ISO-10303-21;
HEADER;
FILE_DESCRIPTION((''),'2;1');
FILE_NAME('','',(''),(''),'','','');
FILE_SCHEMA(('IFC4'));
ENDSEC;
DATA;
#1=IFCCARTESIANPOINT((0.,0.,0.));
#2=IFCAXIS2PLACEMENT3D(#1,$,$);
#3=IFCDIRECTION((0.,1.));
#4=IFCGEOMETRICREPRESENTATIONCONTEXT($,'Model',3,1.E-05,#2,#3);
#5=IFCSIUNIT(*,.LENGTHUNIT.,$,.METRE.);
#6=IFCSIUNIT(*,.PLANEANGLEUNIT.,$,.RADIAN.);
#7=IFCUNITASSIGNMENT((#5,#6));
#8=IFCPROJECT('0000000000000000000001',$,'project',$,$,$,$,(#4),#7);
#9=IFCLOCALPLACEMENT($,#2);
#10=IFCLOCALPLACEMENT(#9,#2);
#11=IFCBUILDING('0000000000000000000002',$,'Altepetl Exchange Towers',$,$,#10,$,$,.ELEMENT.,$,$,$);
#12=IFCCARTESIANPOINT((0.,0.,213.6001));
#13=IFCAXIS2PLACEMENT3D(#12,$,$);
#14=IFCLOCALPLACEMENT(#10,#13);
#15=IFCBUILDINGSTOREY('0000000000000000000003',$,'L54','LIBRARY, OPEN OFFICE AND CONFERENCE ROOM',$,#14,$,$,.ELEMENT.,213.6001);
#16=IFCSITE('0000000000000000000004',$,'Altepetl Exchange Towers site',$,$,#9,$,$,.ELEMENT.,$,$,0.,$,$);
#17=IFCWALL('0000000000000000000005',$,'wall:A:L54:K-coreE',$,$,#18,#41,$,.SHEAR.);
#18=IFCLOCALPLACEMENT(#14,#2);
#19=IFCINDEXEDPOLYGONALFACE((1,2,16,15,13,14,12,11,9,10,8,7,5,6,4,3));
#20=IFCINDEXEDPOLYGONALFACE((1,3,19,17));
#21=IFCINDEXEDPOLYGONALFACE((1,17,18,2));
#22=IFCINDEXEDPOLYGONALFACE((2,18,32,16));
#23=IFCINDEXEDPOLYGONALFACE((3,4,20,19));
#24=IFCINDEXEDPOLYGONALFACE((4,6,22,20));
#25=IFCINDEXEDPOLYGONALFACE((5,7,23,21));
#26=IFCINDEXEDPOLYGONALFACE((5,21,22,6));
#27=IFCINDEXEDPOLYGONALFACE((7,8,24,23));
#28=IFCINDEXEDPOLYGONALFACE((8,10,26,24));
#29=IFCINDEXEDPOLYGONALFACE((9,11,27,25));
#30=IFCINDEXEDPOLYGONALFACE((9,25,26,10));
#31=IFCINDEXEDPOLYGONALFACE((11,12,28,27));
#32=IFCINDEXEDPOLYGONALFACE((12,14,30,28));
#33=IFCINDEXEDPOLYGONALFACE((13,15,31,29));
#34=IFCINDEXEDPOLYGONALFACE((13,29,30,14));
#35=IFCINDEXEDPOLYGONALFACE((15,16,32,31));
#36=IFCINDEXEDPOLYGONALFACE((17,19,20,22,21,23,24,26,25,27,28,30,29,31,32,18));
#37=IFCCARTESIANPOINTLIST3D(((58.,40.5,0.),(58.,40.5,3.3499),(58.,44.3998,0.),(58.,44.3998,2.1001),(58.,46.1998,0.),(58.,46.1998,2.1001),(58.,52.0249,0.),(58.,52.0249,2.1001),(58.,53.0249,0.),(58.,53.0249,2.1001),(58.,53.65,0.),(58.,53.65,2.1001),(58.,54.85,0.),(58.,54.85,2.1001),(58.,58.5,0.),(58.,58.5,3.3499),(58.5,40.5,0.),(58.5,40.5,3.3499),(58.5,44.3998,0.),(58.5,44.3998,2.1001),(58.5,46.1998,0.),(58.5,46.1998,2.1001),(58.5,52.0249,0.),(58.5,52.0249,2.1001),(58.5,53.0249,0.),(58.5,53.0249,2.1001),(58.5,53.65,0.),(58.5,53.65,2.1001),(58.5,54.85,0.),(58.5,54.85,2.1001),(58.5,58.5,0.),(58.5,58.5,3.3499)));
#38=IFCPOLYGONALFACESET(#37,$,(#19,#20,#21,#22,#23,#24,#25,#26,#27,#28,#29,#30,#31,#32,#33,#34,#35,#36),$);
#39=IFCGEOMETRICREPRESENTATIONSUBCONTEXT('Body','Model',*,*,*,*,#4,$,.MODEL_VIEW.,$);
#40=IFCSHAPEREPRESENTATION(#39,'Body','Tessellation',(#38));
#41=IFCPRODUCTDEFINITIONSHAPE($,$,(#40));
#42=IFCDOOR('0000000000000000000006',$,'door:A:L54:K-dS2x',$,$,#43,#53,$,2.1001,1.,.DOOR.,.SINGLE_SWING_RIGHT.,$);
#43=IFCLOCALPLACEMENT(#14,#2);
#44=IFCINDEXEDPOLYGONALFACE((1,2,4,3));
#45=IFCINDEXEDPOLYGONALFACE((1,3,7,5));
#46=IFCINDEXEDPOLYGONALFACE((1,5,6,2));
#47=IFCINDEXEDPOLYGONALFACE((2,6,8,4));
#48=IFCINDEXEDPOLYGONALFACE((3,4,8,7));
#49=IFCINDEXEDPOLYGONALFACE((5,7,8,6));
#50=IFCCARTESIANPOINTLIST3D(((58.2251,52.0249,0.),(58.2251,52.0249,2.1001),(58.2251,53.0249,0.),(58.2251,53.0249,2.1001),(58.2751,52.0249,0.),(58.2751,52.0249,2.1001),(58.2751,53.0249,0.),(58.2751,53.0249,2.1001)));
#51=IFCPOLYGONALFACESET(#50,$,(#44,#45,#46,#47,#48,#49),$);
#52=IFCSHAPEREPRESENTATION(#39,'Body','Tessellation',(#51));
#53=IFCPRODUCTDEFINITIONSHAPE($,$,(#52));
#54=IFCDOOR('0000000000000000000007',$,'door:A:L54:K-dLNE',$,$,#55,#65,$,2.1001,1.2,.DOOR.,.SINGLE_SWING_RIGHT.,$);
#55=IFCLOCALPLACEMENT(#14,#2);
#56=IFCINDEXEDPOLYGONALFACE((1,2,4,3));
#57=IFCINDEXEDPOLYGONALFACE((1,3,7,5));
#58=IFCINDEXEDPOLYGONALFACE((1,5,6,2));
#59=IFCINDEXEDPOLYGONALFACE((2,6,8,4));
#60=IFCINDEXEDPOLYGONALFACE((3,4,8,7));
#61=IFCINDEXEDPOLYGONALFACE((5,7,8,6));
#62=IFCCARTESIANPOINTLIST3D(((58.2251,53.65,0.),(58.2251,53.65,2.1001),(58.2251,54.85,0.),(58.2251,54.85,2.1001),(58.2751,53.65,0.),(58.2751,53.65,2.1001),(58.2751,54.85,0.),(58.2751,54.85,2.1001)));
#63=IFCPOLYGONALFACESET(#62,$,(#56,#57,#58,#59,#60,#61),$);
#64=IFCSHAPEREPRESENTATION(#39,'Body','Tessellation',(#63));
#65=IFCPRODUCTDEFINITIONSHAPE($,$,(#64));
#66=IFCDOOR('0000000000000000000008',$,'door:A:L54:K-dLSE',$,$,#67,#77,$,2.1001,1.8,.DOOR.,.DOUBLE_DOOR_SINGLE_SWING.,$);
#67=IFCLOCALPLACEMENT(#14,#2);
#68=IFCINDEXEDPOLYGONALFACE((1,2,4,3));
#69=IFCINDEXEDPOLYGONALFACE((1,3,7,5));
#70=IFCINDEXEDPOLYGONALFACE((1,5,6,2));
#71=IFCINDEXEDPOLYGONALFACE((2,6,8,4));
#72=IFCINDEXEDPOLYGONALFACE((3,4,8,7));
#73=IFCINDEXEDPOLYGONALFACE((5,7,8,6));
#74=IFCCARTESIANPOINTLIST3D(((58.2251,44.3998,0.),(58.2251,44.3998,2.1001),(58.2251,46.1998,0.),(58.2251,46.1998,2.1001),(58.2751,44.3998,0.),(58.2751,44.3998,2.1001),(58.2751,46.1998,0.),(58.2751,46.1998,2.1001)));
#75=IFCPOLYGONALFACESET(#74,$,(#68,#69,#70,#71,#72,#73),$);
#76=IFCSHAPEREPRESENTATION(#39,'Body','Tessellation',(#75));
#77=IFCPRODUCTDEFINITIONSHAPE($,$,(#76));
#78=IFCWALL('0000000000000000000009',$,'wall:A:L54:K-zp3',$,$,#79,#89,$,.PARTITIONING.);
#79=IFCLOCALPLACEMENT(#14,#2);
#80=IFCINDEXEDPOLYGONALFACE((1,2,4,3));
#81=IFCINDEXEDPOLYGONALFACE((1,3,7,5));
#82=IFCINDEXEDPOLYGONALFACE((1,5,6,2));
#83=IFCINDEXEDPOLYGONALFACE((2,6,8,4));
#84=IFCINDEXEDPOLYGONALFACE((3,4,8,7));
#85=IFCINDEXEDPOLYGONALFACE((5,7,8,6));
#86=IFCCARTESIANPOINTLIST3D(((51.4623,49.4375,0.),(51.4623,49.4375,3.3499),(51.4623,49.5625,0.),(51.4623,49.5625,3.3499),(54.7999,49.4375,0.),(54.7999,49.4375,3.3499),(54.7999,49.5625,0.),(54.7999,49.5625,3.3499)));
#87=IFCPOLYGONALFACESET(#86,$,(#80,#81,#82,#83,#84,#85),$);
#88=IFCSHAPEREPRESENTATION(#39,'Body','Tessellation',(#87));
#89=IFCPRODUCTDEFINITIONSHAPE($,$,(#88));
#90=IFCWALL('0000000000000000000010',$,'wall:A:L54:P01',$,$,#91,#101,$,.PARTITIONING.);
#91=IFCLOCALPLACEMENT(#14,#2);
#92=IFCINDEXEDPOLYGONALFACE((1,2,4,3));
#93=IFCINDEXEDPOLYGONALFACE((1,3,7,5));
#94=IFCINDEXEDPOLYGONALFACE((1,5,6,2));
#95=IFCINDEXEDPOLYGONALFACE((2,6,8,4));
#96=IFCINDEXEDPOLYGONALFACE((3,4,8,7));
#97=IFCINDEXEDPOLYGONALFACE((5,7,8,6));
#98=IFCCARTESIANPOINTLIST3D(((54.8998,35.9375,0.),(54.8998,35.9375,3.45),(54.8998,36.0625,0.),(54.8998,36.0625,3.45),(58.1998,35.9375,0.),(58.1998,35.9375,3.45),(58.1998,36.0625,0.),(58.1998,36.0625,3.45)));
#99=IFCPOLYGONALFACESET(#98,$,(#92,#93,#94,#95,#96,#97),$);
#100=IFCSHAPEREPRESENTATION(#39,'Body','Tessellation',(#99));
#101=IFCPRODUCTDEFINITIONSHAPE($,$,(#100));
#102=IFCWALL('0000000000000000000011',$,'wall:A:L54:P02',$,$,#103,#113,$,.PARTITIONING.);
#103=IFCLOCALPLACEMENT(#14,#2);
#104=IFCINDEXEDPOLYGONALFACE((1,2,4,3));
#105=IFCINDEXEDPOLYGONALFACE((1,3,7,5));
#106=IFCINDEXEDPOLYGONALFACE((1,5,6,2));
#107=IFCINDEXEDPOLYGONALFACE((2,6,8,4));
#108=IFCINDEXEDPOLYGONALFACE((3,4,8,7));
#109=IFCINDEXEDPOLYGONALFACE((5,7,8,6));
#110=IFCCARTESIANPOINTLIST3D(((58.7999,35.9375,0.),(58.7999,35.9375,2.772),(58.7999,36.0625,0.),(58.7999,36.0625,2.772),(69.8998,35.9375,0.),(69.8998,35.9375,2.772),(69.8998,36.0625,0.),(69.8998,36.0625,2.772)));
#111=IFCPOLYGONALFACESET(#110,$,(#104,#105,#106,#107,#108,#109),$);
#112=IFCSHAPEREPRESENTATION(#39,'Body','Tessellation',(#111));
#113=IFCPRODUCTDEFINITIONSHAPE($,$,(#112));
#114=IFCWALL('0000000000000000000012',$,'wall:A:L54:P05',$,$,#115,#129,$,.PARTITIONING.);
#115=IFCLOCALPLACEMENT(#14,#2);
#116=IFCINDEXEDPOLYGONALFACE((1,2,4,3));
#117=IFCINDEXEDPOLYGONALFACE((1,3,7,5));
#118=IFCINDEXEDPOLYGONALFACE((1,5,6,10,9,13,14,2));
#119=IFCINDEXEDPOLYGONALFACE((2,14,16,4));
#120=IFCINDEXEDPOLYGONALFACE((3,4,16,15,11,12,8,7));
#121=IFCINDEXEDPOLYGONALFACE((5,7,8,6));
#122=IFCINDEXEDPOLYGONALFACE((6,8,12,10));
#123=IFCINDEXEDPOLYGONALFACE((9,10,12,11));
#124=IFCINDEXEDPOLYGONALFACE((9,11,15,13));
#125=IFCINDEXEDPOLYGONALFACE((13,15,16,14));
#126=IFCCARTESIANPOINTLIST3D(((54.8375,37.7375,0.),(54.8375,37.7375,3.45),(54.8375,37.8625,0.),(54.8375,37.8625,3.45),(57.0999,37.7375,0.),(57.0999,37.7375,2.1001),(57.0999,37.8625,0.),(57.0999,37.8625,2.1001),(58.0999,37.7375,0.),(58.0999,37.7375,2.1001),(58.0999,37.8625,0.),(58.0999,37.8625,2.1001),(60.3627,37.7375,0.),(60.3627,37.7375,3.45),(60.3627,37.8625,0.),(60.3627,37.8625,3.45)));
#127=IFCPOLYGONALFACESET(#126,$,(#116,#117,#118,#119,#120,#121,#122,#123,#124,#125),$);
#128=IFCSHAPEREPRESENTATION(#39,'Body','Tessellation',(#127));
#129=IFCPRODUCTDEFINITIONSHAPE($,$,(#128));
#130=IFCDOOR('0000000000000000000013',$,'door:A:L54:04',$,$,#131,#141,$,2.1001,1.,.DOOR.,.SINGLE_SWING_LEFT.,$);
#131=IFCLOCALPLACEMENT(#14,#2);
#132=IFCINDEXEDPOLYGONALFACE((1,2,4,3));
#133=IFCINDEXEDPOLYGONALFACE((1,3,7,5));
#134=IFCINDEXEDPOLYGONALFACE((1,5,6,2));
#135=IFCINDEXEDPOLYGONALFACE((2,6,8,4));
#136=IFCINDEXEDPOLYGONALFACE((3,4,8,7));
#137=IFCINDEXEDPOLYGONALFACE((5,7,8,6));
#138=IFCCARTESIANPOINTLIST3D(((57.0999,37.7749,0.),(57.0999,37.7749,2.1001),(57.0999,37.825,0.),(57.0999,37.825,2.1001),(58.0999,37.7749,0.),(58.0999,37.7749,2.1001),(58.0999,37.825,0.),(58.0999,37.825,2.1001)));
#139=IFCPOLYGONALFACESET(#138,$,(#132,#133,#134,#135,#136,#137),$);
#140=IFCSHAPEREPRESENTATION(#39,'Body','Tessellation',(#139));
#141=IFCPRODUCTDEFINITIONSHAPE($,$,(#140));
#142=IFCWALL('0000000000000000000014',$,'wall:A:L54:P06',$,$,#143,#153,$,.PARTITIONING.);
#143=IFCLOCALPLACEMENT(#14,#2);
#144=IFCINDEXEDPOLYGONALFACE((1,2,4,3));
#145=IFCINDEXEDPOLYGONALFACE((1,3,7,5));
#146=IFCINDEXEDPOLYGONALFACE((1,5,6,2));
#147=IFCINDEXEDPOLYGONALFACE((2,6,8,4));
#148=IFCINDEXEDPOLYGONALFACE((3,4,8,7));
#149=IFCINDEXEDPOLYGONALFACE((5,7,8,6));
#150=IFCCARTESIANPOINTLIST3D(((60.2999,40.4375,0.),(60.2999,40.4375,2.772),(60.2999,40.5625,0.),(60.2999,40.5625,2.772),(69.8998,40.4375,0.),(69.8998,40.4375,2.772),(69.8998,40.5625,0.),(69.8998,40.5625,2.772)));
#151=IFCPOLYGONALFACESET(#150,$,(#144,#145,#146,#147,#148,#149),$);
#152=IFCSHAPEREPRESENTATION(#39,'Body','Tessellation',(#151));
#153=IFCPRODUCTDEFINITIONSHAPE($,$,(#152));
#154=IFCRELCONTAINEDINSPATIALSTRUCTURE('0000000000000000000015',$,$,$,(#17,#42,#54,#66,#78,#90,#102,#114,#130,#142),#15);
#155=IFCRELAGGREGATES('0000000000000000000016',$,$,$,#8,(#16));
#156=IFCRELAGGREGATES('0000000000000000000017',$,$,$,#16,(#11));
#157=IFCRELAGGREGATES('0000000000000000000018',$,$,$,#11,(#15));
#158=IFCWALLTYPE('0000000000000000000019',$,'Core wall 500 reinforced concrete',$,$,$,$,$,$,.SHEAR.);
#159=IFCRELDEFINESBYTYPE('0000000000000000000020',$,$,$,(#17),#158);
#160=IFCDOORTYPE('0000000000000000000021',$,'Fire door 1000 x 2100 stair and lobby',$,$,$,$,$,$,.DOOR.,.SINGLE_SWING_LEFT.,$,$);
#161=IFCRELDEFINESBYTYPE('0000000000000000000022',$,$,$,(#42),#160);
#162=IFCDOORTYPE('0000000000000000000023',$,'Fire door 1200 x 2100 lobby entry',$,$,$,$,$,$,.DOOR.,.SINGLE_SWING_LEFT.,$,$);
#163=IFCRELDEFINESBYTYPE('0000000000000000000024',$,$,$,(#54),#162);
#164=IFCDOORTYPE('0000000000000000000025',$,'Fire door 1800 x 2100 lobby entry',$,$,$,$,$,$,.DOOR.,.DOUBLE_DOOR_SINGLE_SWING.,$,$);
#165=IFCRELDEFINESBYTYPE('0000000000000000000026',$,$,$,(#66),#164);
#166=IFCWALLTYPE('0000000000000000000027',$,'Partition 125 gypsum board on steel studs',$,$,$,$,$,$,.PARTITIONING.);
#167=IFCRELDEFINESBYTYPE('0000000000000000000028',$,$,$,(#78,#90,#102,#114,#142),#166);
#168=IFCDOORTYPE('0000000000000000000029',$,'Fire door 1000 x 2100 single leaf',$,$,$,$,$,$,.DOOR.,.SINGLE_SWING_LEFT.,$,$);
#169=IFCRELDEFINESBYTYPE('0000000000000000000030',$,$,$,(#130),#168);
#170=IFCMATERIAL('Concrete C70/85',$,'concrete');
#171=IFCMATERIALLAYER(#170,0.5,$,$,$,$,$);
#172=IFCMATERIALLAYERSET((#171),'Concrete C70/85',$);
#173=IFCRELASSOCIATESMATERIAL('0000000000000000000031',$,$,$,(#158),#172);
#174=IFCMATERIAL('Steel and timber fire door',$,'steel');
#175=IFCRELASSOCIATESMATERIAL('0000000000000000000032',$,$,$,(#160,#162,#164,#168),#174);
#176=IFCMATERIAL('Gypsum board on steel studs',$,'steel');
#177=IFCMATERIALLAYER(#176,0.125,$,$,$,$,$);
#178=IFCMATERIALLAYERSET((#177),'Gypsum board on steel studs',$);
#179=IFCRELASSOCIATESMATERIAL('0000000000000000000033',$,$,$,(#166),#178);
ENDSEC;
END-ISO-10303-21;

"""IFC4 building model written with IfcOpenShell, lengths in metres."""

from ifc_helpers import new_model, si_unit, direction, frame, frame_2d, origin, place, context, subcontext, project, spatial, rectangle, extrude, material, layer, layer_set, type_object, element, fill, save


model = new_model("IFC4")

# Units and contexts
model_context = context("Model", 3, precision=1e-05, world=origin(), true_north=direction((0.0, 1.0)))
body_context = subcontext(model_context, "Body", "Model", "MODEL_VIEW")
ifc_project = project(units=[si_unit("LENGTHUNIT", "METRE"), si_unit("PLANEANGLEUNIT", "RADIAN")], contexts=[model_context])

# Site, building, storey
site_placement = place(None, origin())
site = spatial("IfcSite", under=ifc_project, at=site_placement, Name="Altepetl Exchange Towers site", CompositionType="ELEMENT", RefElevation=0.0)
building_placement = place(site_placement, origin())
building = spatial("IfcBuilding", under=site, at=building_placement, Name="Altepetl Exchange Towers", CompositionType="ELEMENT")
storey_placement = place(building_placement, frame((0.0, 0.0, 213.6001)))
storey = spatial("IfcBuildingStorey", under=building, at=storey_placement, Name="L54", Description="LIBRARY, OPEN OFFICE AND CONFERENCE ROOM", CompositionType="ELEMENT", Elevation=213.6001)

# Shared definitions
ifc_material_1 = material(Name="Concrete C70/85", Category="concrete")

# Wall, openings, doors
ifc_layer_1 = layer(ifc_material_1, 0.5)
ifc_layer_set_1 = layer_set([ifc_layer_1], Name="Concrete C70/85")
wall_type_1 = type_object("IfcWallType", Name="Core wall 500 reinforced concrete", PredefinedType="SHEAR", material=ifc_layer_set_1)
wall_1_placement = place(storey_placement, frame((58.25, 40.5, 0.0), z_axis=(0.0, 0.0, 1.0), x_axis=(0.0, 1.0, 0.0)))
wall_1 = element("IfcWall", 1, at=wall_1_placement, inside=storey, type_object=wall_type_1, Name="wall:A:L54:K-coreE", PredefinedType="SHEAR", context=body_context, shape_type="SweptSolid", body=[
    extrude(rectangle(XDim=18.0, YDim=0.5, at=frame_2d((9.0, 0.0))), origin(), (0.0, 0.0, 1.0), 3.3499),
])
opening_1_placement = place(wall_1_placement, frame((13.1499, 0.0, 0.0)))
opening_1 = element("IfcOpeningElement", 2, at=opening_1_placement, cuts=wall_1, PredefinedType="OPENING", context=body_context, shape_type="SweptSolid", body=[
    extrude(rectangle(XDim=1.2, YDim=2.1001, at=frame_2d((0.6001, 1.05))), frame((0.0, 0.26, 0.0), z_axis=(0.0, -1.0, 0.0), x_axis=(1.0, 0.0, 0.0)), (0.0, 0.0, 1.0), 0.52),
])
opening_2_placement = place(wall_1_placement, frame((3.8999, 0.0, 0.0)))
opening_2 = element("IfcOpeningElement", 3, at=opening_2_placement, cuts=wall_1, PredefinedType="OPENING", context=body_context, shape_type="SweptSolid", body=[
    extrude(rectangle(XDim=1.8, YDim=2.1001, at=frame_2d((0.8999, 1.05))), frame((0.0, 0.26, 0.0), z_axis=(0.0, -1.0, 0.0), x_axis=(1.0, 0.0, 0.0)), (0.0, 0.0, 1.0), 0.52),
])
opening_3_placement = place(wall_1_placement, frame((11.5249, 0.0, 0.0)))
opening_3 = element("IfcOpeningElement", 4, at=opening_3_placement, cuts=wall_1, PredefinedType="OPENING", context=body_context, shape_type="SweptSolid", body=[
    extrude(rectangle(XDim=1.0, YDim=2.1001, at=frame_2d((0.5, 1.05))), frame((0.0, 0.26, 0.0), z_axis=(0.0, -1.0, 0.0), x_axis=(1.0, 0.0, 0.0)), (0.0, 0.0, 1.0), 0.52),
])
ifc_material_2 = material(Name="Steel and timber fire door", Category="steel")
door_type_1 = type_object("IfcDoorType", Name="Fire door 1000 x 2100 stair and lobby", OperationType="SINGLE_SWING_LEFT", PredefinedType="DOOR", material=ifc_material_2)
door_1_placement = place(opening_3_placement, origin())
door_1 = element("IfcDoor", 5, at=door_1_placement, inside=storey, type_object=door_type_1, Name="door:A:L54:K-dS2x", OperationType="SINGLE_SWING_RIGHT", OverallHeight=2.1001, OverallWidth=1.0, PredefinedType="DOOR", context=body_context, shape_type="SweptSolid", body=[
    extrude(rectangle(XDim=1.0, YDim=2.1001, at=frame_2d((0.5, 1.05))), frame((0.0, 0.0249, 0.0), z_axis=(0.0, -1.0, 0.0), x_axis=(1.0, 0.0, 0.0)), (0.0, 0.0, 1.0), 0.05),
])
fill(opening_3, door_1)
door_type_2 = type_object("IfcDoorType", Name="Fire door 1200 x 2100 lobby entry", OperationType="SINGLE_SWING_LEFT", PredefinedType="DOOR", material=ifc_material_2)
door_2_placement = place(opening_1_placement, origin())
door_2 = element("IfcDoor", 6, at=door_2_placement, inside=storey, type_object=door_type_2, Name="door:A:L54:K-dLNE", OperationType="SINGLE_SWING_RIGHT", OverallHeight=2.1001, OverallWidth=1.2, PredefinedType="DOOR", context=body_context, shape_type="SweptSolid", body=[
    extrude(rectangle(XDim=1.2, YDim=2.1001, at=frame_2d((0.6001, 1.05))), frame((0.0, 0.0249, 0.0), z_axis=(0.0, -1.0, 0.0), x_axis=(1.0, 0.0, 0.0)), (0.0, 0.0, 1.0), 0.05),
])
fill(opening_1, door_2)
door_type_3 = type_object("IfcDoorType", Name="Fire door 1800 x 2100 lobby entry", OperationType="DOUBLE_DOOR_SINGLE_SWING", PredefinedType="DOOR", material=ifc_material_2)
door_3_placement = place(opening_2_placement, origin())
door_3 = element("IfcDoor", 7, at=door_3_placement, inside=storey, type_object=door_type_3, Name="door:A:L54:K-dLSE", OperationType="DOUBLE_DOOR_SINGLE_SWING", OverallHeight=2.1001, OverallWidth=1.8, PredefinedType="DOOR", context=body_context, shape_type="SweptSolid", body=[
    extrude(rectangle(XDim=1.8, YDim=2.1001, at=frame_2d((0.8999, 1.05))), frame((0.0, 0.0249, 0.0), z_axis=(0.0, -1.0, 0.0), x_axis=(1.0, 0.0, 0.0)), (0.0, 0.0, 1.0), 0.05),
])
fill(opening_2, door_3)

# Walls
ifc_material_3 = material(Name="Gypsum board on steel studs", Category="steel")
ifc_layer_2 = layer(ifc_material_3, 0.125)
ifc_layer_set_2 = layer_set([ifc_layer_2], Name="Gypsum board on steel studs")
wall_type_2 = type_object("IfcWallType", Name="Partition 125 gypsum board on steel studs", PredefinedType="PARTITIONING", material=ifc_layer_set_2)
wall_2_placement = place(storey_placement, frame((54.8, 49.5, 0.0), z_axis=(0.0, 0.0, 1.0), x_axis=(-1.0, 0.0, 0.0)))
element("IfcWall", 8, at=wall_2_placement, inside=storey, type_object=wall_type_2, Name="wall:A:L54:K-zp3", PredefinedType="PARTITIONING", context=body_context, shape_type="SweptSolid", body=[
    extrude(rectangle(XDim=3.3376, YDim=0.125, at=frame_2d((1.6689, 0.0))), origin(), (0.0, 0.0, 1.0), 3.3499),
])
wall_3_placement = place(storey_placement, frame((54.8999, 36.0, 0.0)))
element("IfcWall", 9, at=wall_3_placement, inside=storey, type_object=wall_type_2, Name="wall:A:L54:P01", PredefinedType="PARTITIONING", context=body_context, shape_type="SweptSolid", body=[
    extrude(rectangle(XDim=3.3, YDim=0.125, at=frame_2d((1.6499, 0.0))), origin(), (0.0, 0.0, 1.0), 3.45),
])
wall_4_placement = place(storey_placement, frame((58.8, 36.0, 0.0)))
element("IfcWall", 10, at=wall_4_placement, inside=storey, type_object=wall_type_2, Name="wall:A:L54:P02", PredefinedType="PARTITIONING", context=body_context, shape_type="SweptSolid", body=[
    extrude(rectangle(XDim=11.0999, YDim=0.125, at=frame_2d((5.5498, 0.0))), origin(), (0.0, 0.0, 1.0), 2.772),
])

# Wall, opening, door
wall_5_placement = place(storey_placement, frame((54.8374, 37.8, 0.0)))
wall_5 = element("IfcWall", 11, at=wall_5_placement, inside=storey, type_object=wall_type_2, Name="wall:A:L54:P05", PredefinedType="PARTITIONING", context=body_context, shape_type="SweptSolid", body=[
    extrude(rectangle(XDim=5.5251, YDim=0.125, at=frame_2d((2.7627, 0.0))), origin(), (0.0, 0.0, 1.0), 3.45),
])
opening_4_placement = place(wall_5_placement, frame((2.2625, 0.0, 0.0)))
opening_4 = element("IfcOpeningElement", 12, at=opening_4_placement, cuts=wall_5, PredefinedType="OPENING", context=body_context, shape_type="SweptSolid", body=[
    extrude(rectangle(XDim=1.0, YDim=2.1001, at=frame_2d((0.5, 1.05))), frame((0.0, 0.0725, 0.0), z_axis=(0.0, -1.0, 0.0), x_axis=(1.0, 0.0, 0.0)), (0.0, 0.0, 1.0), 0.145),
])
door_type_4 = type_object("IfcDoorType", Name="Fire door 1000 x 2100 single leaf", OperationType="SINGLE_SWING_LEFT", PredefinedType="DOOR", material=ifc_material_2)
door_4_placement = place(opening_4_placement, origin())
door_4 = element("IfcDoor", 13, at=door_4_placement, inside=storey, type_object=door_type_4, Name="door:A:L54:04", OperationType="SINGLE_SWING_LEFT", OverallHeight=2.1001, OverallWidth=1.0, PredefinedType="DOOR", context=body_context, shape_type="SweptSolid", body=[
    extrude(rectangle(XDim=1.0, YDim=2.1001, at=frame_2d((0.5, 1.05))), frame((0.0, 0.0249, 0.0), z_axis=(0.0, -1.0, 0.0), x_axis=(1.0, 0.0, 0.0)), (0.0, 0.0, 1.0), 0.05),
])
fill(opening_4, door_4)

# Wall
wall_6_placement = place(storey_placement, frame((60.3, 40.5, 0.0)))
element("IfcWall", 14, at=wall_6_placement, inside=storey, type_object=wall_type_2, Name="wall:A:L54:P06", PredefinedType="PARTITIONING", context=body_context, shape_type="SweptSolid", body=[
    extrude(rectangle(XDim=9.5999, YDim=0.125, at=frame_2d((4.7998, 0.0))), origin(), (0.0, 0.0, 1.0), 2.772),
])

save(model, "model.ifc")
